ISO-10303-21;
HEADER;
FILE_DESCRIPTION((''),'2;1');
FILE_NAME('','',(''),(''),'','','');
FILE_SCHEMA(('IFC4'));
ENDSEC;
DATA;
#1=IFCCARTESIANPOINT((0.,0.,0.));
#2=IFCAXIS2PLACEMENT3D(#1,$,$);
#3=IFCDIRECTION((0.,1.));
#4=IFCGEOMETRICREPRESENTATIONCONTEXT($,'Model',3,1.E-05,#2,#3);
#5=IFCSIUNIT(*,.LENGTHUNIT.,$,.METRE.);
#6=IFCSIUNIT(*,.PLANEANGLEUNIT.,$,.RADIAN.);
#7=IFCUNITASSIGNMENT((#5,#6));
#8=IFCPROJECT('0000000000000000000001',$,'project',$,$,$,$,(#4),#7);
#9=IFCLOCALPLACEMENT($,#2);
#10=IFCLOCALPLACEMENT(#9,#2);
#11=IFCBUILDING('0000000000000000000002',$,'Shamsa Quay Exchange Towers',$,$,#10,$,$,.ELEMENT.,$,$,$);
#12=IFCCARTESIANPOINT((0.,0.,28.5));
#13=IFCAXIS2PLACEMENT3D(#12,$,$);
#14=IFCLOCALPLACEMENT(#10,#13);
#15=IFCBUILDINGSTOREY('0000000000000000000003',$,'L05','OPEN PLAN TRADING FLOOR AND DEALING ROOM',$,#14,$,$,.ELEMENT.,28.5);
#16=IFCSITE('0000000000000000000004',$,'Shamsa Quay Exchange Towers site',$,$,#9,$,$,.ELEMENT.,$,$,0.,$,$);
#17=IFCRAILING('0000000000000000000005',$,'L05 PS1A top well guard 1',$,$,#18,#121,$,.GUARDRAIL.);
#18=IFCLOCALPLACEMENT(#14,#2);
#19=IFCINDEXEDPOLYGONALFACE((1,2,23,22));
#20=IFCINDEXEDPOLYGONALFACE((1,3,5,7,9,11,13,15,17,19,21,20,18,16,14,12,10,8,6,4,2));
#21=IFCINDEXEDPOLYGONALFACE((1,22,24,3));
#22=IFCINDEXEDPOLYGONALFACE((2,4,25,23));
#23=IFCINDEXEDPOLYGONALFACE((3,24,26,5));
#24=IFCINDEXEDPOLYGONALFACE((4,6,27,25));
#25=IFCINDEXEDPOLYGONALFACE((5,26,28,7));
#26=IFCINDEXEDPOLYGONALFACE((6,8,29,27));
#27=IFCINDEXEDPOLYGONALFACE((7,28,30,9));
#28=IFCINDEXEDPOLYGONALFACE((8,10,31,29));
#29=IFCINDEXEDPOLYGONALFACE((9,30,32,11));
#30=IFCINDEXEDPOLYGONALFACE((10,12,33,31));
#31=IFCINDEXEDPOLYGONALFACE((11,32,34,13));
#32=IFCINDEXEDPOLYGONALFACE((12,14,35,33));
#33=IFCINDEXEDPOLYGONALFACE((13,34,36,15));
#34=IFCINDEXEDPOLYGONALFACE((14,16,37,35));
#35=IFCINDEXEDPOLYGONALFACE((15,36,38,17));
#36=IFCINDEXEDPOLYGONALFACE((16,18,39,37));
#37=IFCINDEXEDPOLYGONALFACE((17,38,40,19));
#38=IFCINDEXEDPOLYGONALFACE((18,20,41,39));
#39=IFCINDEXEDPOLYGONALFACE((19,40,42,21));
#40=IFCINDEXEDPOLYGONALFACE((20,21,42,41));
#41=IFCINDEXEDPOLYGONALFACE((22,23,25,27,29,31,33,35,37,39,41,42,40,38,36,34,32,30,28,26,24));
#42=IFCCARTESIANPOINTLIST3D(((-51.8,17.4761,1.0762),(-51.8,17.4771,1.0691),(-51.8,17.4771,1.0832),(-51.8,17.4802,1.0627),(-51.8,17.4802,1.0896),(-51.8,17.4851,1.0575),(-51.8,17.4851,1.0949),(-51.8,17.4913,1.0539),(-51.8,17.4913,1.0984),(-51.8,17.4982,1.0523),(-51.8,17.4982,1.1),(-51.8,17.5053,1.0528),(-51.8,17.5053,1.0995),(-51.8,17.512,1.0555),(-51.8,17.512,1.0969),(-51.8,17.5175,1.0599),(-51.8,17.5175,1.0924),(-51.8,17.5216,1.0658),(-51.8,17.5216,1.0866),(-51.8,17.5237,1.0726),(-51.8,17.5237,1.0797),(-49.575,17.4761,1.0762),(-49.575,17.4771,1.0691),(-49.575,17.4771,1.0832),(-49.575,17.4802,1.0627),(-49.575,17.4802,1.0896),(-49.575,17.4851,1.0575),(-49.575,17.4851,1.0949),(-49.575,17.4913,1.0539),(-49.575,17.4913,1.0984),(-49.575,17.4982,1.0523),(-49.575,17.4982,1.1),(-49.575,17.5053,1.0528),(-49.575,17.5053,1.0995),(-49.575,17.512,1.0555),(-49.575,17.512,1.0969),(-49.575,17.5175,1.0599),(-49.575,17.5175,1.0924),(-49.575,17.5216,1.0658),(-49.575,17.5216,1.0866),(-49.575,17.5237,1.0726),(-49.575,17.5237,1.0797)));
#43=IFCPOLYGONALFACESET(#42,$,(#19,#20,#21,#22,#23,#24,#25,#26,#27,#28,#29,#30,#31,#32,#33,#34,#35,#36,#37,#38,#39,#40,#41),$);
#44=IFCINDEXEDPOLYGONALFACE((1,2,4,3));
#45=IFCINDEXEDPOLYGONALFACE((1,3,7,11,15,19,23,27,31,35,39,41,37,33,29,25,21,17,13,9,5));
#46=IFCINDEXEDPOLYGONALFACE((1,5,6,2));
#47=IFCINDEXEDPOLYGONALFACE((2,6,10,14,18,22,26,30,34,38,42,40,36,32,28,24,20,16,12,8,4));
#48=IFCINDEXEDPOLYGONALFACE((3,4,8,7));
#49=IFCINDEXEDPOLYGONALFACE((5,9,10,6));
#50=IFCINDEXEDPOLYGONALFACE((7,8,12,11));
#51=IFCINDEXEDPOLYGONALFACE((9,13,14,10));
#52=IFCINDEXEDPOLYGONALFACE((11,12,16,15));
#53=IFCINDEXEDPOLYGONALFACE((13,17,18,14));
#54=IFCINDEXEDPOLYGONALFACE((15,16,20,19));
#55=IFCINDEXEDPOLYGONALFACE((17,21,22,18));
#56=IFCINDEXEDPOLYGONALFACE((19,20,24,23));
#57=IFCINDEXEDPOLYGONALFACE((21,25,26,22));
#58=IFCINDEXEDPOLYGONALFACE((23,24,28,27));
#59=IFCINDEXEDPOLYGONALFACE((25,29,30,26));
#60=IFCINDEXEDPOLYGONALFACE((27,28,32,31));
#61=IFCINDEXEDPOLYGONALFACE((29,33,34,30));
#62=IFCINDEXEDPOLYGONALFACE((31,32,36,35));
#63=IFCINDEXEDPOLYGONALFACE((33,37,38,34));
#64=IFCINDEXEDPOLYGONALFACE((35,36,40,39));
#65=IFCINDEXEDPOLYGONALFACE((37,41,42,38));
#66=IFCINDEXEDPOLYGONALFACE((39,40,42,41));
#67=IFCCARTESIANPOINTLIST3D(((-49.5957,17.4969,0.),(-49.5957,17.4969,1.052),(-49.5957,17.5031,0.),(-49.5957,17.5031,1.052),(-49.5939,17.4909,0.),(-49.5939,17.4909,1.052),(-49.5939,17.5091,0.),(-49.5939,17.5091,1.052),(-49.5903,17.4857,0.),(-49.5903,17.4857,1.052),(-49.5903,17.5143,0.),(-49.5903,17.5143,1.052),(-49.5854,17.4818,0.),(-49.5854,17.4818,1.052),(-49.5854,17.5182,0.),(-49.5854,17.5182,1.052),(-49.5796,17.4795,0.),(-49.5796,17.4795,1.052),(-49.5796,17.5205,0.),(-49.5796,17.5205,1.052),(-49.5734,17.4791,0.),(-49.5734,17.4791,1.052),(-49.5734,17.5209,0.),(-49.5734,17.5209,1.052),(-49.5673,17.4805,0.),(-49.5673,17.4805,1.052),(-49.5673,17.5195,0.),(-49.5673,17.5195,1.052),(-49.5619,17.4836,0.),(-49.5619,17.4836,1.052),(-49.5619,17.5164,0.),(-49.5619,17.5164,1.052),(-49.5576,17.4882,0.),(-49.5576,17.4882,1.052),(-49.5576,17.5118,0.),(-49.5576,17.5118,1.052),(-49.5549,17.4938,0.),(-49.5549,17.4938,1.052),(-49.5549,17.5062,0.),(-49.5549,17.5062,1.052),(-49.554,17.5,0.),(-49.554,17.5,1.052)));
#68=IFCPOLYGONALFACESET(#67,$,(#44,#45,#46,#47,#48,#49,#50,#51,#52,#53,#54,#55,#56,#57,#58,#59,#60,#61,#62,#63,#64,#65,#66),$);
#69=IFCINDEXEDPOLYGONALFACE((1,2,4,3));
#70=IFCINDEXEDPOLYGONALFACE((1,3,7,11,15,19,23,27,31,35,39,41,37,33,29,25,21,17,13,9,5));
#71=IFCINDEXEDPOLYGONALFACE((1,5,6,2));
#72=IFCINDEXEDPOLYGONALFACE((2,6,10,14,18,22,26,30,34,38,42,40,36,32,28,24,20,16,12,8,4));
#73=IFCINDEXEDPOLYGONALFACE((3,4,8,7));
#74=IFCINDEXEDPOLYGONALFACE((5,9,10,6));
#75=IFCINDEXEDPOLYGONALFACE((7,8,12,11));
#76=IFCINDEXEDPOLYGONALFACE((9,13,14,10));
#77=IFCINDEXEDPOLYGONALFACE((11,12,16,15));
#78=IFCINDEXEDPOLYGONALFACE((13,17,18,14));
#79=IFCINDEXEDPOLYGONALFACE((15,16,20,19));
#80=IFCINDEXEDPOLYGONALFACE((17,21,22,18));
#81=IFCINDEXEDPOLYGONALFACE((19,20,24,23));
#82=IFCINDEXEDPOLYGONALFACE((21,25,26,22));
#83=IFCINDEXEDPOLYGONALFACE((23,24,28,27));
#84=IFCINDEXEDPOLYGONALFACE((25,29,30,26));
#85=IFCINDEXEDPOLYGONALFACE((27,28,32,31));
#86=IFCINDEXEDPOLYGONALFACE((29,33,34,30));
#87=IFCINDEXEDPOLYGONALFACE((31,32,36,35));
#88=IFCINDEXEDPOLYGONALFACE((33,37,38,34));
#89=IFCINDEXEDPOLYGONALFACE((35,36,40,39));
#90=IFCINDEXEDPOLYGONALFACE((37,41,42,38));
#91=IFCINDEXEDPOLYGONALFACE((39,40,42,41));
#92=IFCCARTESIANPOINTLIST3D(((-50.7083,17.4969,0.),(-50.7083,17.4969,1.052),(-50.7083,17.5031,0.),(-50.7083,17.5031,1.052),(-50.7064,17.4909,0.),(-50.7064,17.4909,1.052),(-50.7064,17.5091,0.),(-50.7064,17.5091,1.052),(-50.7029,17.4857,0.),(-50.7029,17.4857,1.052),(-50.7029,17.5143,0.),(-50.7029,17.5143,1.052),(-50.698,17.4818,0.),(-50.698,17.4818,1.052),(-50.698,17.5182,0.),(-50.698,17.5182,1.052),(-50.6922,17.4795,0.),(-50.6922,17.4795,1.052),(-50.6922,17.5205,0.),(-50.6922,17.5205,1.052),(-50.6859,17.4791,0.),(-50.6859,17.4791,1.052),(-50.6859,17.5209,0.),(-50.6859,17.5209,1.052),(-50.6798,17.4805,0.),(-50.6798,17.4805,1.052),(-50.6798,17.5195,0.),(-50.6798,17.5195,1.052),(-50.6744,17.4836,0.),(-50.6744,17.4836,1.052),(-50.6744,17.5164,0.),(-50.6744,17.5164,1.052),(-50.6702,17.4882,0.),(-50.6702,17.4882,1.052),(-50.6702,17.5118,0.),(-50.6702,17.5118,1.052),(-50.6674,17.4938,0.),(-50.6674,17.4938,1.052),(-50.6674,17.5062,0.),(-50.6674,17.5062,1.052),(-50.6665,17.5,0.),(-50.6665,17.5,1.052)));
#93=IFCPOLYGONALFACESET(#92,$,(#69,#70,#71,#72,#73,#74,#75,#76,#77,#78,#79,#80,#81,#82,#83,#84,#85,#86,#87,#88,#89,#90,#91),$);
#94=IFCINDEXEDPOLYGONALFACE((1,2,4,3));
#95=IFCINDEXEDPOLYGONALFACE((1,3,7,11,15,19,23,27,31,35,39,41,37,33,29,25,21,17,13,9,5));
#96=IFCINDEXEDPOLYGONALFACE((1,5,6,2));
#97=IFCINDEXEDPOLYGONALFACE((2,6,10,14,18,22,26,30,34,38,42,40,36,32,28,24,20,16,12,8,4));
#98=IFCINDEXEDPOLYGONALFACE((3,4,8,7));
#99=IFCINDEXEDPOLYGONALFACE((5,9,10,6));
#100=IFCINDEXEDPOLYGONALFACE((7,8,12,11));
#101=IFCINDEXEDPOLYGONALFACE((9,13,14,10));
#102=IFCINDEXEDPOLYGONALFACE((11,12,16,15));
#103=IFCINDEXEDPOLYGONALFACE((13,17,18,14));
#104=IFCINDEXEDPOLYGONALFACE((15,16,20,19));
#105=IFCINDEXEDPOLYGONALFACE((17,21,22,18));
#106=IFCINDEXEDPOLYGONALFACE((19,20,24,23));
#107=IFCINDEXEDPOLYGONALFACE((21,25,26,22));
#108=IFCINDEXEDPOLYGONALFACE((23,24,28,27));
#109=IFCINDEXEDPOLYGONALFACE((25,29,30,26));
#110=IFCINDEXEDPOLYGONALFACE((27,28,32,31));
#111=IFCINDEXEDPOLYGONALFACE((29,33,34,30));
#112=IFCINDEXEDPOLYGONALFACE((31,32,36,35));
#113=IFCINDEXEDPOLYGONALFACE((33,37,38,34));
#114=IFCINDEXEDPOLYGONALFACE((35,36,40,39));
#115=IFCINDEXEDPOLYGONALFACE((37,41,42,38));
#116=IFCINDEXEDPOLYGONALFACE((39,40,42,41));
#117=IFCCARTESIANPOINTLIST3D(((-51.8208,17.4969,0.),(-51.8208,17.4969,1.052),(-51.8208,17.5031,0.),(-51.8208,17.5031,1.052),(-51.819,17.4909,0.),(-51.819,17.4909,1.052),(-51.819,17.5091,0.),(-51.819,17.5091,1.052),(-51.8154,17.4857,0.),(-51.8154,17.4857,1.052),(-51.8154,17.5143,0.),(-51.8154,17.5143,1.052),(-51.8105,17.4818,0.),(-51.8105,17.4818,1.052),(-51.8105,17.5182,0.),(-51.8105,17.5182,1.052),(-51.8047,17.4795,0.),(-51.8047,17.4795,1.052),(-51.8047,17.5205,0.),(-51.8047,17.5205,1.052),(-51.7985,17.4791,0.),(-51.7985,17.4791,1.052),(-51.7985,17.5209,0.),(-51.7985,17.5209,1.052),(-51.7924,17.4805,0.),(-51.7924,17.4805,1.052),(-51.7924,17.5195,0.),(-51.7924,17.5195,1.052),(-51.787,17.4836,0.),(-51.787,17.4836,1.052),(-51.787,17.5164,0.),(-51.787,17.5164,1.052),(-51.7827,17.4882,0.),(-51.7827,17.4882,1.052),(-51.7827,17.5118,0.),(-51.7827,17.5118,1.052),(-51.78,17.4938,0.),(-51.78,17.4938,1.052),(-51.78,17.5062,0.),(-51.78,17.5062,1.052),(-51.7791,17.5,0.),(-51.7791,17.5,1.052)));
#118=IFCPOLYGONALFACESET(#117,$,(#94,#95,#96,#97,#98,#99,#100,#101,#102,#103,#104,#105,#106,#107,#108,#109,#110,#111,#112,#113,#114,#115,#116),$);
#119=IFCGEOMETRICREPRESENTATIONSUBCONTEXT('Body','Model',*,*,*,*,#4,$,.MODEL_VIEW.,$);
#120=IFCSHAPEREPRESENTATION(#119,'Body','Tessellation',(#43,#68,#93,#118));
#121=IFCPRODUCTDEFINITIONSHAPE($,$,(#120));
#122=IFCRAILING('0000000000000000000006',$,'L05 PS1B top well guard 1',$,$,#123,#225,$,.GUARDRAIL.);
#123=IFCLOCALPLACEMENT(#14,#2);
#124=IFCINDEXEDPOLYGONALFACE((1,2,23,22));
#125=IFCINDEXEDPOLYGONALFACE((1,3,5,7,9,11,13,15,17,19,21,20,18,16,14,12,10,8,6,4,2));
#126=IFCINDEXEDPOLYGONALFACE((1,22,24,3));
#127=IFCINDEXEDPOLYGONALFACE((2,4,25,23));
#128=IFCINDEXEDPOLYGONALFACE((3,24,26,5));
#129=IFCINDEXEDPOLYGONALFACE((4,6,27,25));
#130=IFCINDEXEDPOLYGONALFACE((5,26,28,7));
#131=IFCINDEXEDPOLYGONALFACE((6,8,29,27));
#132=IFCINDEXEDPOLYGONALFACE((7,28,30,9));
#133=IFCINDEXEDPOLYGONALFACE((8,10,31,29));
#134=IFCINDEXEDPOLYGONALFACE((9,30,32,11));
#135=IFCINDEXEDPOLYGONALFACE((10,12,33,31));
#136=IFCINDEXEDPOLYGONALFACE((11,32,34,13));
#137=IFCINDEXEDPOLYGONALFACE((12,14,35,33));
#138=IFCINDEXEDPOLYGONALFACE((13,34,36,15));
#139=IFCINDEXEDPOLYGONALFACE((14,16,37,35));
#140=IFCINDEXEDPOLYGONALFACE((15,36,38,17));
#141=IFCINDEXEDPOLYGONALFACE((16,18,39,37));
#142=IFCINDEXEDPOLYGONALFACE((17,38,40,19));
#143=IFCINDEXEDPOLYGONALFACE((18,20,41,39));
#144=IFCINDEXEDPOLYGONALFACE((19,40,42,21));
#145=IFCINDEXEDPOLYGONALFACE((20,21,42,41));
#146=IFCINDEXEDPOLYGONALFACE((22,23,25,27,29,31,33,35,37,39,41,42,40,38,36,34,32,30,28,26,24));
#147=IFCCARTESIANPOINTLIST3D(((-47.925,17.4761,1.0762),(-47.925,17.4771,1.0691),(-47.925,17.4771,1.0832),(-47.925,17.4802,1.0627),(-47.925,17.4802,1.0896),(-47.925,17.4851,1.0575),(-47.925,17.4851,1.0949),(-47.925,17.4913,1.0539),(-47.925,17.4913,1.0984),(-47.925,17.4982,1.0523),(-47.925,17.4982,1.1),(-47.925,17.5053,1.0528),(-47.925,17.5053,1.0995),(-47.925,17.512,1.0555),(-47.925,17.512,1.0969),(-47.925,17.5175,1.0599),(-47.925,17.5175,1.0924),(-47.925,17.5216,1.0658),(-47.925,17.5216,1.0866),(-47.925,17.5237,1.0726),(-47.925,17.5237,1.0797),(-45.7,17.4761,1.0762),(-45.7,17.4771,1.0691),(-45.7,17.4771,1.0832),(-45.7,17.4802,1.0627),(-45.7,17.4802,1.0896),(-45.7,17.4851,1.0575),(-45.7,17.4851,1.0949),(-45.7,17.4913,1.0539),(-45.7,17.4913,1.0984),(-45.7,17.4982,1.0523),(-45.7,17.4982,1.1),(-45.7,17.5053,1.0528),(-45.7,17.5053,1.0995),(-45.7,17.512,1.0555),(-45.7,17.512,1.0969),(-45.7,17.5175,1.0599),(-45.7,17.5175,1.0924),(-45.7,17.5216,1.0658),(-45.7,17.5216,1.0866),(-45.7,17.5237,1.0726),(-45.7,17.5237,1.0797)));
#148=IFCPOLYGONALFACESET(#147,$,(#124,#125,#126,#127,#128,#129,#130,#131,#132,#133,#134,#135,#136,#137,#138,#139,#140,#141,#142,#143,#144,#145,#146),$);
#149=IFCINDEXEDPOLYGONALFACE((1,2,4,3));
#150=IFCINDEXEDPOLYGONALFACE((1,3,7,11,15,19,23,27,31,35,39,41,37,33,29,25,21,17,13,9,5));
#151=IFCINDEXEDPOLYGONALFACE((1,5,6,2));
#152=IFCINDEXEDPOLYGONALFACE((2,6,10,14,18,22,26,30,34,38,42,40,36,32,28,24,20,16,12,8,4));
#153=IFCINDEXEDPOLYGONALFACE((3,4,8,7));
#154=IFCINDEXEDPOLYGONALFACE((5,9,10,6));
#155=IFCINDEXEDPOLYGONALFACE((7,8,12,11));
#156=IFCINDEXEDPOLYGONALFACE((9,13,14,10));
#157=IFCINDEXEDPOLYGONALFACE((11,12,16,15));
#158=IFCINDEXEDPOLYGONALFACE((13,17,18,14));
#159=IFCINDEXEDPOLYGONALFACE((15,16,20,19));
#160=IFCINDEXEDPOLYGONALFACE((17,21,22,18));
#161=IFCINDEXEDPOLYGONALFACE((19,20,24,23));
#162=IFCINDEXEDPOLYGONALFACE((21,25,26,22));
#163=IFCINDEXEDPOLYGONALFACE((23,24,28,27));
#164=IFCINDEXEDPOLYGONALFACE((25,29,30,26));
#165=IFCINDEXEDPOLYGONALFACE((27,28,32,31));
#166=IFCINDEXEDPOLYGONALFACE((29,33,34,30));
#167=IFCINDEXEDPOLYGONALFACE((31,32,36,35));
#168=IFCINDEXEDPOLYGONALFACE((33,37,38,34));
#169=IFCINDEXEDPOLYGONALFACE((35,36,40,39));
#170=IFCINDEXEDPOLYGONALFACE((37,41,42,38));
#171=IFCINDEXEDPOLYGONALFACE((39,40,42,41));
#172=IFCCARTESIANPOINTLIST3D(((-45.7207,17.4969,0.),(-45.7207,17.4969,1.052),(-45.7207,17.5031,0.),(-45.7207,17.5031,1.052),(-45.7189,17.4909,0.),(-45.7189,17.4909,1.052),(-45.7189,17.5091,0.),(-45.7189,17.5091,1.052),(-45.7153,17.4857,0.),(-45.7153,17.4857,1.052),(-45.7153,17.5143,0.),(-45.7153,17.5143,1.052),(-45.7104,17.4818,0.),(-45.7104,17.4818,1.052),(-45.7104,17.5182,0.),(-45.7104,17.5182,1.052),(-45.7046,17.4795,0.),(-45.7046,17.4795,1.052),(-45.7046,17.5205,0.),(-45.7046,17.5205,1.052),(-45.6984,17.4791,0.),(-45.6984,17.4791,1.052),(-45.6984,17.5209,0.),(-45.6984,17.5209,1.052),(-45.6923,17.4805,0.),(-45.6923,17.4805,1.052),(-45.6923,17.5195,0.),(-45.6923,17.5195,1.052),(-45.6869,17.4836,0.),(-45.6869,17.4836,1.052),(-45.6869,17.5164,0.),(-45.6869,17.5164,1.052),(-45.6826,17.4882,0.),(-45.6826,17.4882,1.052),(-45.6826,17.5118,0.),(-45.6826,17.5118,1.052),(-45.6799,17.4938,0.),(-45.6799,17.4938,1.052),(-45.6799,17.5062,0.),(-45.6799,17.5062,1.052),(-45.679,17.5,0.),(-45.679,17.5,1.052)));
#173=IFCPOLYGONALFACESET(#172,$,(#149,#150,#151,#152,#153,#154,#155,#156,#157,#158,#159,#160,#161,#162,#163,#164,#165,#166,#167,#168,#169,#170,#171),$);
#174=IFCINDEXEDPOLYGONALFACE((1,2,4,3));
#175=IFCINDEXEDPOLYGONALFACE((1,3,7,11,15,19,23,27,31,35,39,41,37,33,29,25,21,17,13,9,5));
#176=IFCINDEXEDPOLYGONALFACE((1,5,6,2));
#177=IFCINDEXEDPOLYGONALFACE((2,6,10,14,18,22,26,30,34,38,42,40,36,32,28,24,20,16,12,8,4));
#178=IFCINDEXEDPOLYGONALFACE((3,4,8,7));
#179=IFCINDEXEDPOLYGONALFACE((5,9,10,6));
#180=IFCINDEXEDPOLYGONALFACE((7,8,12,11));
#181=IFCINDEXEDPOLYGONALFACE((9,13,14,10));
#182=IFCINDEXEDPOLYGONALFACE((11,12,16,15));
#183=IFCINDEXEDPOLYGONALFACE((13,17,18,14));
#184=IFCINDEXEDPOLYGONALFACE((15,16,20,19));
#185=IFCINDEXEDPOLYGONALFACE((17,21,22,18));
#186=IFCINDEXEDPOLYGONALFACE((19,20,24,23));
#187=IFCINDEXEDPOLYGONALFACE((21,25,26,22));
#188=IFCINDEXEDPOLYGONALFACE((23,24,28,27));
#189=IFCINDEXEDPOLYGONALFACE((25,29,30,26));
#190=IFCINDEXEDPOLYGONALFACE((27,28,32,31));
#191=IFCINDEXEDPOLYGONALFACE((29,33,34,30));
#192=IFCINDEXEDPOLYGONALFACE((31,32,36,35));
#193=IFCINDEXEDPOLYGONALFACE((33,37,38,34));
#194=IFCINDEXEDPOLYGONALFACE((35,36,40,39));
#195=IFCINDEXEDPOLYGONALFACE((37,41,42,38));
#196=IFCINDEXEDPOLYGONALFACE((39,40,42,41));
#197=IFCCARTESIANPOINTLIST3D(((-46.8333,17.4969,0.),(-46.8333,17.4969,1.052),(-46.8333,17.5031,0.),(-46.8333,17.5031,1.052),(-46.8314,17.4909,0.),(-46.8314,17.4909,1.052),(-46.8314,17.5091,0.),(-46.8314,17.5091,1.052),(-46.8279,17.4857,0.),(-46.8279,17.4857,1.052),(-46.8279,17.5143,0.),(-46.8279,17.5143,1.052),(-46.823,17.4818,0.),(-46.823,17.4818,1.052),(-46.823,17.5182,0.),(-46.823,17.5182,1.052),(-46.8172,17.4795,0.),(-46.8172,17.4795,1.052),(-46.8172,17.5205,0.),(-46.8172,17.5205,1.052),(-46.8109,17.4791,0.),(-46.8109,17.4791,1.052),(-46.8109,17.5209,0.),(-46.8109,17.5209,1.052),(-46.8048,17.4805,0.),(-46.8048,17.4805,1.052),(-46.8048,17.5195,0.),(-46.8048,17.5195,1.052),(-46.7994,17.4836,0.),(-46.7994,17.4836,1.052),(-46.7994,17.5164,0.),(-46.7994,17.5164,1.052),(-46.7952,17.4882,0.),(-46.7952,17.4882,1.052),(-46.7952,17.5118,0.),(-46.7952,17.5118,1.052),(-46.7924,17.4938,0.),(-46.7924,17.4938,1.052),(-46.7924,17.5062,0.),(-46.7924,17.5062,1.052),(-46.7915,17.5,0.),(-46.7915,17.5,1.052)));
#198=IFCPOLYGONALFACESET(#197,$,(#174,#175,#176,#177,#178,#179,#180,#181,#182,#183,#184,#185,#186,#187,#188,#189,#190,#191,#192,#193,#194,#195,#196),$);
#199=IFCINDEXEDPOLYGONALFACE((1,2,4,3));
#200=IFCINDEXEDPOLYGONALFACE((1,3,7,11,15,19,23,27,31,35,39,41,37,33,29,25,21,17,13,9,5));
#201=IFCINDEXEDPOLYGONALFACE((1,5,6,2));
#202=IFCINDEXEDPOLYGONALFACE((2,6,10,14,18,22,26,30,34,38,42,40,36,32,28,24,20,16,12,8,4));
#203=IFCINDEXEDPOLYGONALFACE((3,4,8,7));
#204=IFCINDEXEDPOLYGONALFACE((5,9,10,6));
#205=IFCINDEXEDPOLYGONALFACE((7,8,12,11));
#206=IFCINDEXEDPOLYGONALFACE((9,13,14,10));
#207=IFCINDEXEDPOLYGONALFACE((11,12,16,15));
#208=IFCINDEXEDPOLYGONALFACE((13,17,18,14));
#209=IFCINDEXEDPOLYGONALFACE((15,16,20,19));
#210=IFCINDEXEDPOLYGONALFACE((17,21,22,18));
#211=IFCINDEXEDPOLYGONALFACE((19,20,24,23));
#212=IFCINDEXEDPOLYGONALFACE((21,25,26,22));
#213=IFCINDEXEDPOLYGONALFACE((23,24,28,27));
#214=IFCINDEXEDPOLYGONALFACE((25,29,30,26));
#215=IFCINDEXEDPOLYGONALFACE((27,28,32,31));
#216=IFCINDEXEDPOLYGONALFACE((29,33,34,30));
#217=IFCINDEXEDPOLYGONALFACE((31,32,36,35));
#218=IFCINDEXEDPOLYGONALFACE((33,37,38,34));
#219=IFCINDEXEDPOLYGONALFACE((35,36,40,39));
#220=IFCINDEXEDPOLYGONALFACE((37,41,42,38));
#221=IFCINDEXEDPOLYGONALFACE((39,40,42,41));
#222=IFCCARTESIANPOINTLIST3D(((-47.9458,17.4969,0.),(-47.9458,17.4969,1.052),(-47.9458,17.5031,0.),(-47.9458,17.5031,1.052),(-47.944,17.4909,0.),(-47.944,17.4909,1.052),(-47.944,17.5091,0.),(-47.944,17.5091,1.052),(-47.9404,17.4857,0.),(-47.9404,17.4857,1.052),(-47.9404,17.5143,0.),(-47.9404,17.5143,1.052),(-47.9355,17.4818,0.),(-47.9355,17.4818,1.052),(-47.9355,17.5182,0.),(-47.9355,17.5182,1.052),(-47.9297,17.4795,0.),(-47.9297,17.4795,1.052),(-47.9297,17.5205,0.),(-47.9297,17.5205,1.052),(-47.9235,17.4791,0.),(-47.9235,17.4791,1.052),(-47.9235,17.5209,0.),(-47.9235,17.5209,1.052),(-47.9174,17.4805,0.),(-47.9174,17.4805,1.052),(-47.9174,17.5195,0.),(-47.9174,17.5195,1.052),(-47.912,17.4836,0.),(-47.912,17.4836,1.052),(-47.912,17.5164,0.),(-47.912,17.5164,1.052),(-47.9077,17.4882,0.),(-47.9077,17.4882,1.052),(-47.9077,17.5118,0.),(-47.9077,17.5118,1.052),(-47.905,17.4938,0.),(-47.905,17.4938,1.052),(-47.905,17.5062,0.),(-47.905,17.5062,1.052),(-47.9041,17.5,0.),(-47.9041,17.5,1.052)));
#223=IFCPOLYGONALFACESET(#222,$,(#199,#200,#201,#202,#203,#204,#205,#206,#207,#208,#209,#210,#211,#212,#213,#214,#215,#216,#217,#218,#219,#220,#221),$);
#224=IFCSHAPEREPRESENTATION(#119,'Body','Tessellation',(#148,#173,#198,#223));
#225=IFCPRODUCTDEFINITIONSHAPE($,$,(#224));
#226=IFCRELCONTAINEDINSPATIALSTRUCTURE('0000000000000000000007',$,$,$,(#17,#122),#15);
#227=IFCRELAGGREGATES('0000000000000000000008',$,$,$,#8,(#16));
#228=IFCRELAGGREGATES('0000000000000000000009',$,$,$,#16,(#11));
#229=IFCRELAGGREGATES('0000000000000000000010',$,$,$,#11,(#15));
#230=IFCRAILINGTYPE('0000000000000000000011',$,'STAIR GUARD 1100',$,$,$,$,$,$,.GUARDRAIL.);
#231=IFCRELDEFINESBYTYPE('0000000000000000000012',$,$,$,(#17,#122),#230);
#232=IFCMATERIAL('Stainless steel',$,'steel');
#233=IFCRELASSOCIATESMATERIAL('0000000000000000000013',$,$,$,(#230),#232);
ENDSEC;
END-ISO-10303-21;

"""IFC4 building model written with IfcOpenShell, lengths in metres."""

from ifc_helpers import new_model, si_unit, direction, frame, origin, origin_2d, place, context, subcontext, project, spatial, circle, extrude, material, type_object, element, save


model = new_model("IFC4")

# Units and contexts
model_context = context("Model", 3, precision=1e-05, world=origin(), true_north=direction((0.0, 1.0)))
body_context = subcontext(model_context, "Body", "Model", "MODEL_VIEW")
ifc_project = project(units=[si_unit("LENGTHUNIT", "METRE"), si_unit("PLANEANGLEUNIT", "RADIAN")], contexts=[model_context])

# Site, building, storey
site_placement = place(None, origin())
site = spatial("IfcSite", under=ifc_project, at=site_placement, Name="Shamsa Quay Exchange Towers site", CompositionType="ELEMENT", RefElevation=0.0)
building_placement = place(site_placement, origin())
building = spatial("IfcBuilding", under=site, at=building_placement, Name="Shamsa Quay Exchange Towers", CompositionType="ELEMENT")
storey_placement = place(building_placement, frame((0.0, 0.0, 28.5)))
storey = spatial("IfcBuildingStorey", under=building, at=storey_placement, Name="L05", Description="OPEN PLAN TRADING FLOOR AND DEALING ROOM", CompositionType="ELEMENT", Elevation=28.5)

# Railings
ifc_material_1 = material(Name="Stainless steel", Category="steel")
railing_type = type_object("IfcRailingType", Name="STAIR GUARD 1100", PredefinedType="GUARDRAIL", material=ifc_material_1)
for number, where, name in (
    (1, (-49.575, 17.5, 0.0), "L05 PS1A top well guard 1"),
    (2, (-45.7, 17.5, 0.0), "L05 PS1B top well guard 1"),
):
    element("IfcRailing", number, at=place(storey_placement, frame(where)), inside=storey, type_object=railing_type, Name=name, PredefinedType="GUARDRAIL", context=body_context, shape_type="SweptSolid", body=[
        extrude(circle(Radius=0.0239, at=origin_2d()), frame((0.0, 0.0, 1.0762), z_axis=(-1.0, 0.0, 0.0), x_axis=(0.0, -1.0, 0.0)), (0.0, 0.0, 1.0), 2.2251),
        extrude(circle(Radius=0.021, at=origin_2d()), origin(), (0.0, 0.0, 1.0), 1.052),
        extrude(circle(Radius=0.021, at=origin_2d()), frame((-1.1125, 0.0, 0.0)), (0.0, 0.0, 1.0), 1.052),
        extrude(circle(Radius=0.021, at=origin_2d()), frame((-2.2251, 0.0, 0.0)), (0.0, 0.0, 1.0), 1.052),
    ])

save(model, "model.ifc")
